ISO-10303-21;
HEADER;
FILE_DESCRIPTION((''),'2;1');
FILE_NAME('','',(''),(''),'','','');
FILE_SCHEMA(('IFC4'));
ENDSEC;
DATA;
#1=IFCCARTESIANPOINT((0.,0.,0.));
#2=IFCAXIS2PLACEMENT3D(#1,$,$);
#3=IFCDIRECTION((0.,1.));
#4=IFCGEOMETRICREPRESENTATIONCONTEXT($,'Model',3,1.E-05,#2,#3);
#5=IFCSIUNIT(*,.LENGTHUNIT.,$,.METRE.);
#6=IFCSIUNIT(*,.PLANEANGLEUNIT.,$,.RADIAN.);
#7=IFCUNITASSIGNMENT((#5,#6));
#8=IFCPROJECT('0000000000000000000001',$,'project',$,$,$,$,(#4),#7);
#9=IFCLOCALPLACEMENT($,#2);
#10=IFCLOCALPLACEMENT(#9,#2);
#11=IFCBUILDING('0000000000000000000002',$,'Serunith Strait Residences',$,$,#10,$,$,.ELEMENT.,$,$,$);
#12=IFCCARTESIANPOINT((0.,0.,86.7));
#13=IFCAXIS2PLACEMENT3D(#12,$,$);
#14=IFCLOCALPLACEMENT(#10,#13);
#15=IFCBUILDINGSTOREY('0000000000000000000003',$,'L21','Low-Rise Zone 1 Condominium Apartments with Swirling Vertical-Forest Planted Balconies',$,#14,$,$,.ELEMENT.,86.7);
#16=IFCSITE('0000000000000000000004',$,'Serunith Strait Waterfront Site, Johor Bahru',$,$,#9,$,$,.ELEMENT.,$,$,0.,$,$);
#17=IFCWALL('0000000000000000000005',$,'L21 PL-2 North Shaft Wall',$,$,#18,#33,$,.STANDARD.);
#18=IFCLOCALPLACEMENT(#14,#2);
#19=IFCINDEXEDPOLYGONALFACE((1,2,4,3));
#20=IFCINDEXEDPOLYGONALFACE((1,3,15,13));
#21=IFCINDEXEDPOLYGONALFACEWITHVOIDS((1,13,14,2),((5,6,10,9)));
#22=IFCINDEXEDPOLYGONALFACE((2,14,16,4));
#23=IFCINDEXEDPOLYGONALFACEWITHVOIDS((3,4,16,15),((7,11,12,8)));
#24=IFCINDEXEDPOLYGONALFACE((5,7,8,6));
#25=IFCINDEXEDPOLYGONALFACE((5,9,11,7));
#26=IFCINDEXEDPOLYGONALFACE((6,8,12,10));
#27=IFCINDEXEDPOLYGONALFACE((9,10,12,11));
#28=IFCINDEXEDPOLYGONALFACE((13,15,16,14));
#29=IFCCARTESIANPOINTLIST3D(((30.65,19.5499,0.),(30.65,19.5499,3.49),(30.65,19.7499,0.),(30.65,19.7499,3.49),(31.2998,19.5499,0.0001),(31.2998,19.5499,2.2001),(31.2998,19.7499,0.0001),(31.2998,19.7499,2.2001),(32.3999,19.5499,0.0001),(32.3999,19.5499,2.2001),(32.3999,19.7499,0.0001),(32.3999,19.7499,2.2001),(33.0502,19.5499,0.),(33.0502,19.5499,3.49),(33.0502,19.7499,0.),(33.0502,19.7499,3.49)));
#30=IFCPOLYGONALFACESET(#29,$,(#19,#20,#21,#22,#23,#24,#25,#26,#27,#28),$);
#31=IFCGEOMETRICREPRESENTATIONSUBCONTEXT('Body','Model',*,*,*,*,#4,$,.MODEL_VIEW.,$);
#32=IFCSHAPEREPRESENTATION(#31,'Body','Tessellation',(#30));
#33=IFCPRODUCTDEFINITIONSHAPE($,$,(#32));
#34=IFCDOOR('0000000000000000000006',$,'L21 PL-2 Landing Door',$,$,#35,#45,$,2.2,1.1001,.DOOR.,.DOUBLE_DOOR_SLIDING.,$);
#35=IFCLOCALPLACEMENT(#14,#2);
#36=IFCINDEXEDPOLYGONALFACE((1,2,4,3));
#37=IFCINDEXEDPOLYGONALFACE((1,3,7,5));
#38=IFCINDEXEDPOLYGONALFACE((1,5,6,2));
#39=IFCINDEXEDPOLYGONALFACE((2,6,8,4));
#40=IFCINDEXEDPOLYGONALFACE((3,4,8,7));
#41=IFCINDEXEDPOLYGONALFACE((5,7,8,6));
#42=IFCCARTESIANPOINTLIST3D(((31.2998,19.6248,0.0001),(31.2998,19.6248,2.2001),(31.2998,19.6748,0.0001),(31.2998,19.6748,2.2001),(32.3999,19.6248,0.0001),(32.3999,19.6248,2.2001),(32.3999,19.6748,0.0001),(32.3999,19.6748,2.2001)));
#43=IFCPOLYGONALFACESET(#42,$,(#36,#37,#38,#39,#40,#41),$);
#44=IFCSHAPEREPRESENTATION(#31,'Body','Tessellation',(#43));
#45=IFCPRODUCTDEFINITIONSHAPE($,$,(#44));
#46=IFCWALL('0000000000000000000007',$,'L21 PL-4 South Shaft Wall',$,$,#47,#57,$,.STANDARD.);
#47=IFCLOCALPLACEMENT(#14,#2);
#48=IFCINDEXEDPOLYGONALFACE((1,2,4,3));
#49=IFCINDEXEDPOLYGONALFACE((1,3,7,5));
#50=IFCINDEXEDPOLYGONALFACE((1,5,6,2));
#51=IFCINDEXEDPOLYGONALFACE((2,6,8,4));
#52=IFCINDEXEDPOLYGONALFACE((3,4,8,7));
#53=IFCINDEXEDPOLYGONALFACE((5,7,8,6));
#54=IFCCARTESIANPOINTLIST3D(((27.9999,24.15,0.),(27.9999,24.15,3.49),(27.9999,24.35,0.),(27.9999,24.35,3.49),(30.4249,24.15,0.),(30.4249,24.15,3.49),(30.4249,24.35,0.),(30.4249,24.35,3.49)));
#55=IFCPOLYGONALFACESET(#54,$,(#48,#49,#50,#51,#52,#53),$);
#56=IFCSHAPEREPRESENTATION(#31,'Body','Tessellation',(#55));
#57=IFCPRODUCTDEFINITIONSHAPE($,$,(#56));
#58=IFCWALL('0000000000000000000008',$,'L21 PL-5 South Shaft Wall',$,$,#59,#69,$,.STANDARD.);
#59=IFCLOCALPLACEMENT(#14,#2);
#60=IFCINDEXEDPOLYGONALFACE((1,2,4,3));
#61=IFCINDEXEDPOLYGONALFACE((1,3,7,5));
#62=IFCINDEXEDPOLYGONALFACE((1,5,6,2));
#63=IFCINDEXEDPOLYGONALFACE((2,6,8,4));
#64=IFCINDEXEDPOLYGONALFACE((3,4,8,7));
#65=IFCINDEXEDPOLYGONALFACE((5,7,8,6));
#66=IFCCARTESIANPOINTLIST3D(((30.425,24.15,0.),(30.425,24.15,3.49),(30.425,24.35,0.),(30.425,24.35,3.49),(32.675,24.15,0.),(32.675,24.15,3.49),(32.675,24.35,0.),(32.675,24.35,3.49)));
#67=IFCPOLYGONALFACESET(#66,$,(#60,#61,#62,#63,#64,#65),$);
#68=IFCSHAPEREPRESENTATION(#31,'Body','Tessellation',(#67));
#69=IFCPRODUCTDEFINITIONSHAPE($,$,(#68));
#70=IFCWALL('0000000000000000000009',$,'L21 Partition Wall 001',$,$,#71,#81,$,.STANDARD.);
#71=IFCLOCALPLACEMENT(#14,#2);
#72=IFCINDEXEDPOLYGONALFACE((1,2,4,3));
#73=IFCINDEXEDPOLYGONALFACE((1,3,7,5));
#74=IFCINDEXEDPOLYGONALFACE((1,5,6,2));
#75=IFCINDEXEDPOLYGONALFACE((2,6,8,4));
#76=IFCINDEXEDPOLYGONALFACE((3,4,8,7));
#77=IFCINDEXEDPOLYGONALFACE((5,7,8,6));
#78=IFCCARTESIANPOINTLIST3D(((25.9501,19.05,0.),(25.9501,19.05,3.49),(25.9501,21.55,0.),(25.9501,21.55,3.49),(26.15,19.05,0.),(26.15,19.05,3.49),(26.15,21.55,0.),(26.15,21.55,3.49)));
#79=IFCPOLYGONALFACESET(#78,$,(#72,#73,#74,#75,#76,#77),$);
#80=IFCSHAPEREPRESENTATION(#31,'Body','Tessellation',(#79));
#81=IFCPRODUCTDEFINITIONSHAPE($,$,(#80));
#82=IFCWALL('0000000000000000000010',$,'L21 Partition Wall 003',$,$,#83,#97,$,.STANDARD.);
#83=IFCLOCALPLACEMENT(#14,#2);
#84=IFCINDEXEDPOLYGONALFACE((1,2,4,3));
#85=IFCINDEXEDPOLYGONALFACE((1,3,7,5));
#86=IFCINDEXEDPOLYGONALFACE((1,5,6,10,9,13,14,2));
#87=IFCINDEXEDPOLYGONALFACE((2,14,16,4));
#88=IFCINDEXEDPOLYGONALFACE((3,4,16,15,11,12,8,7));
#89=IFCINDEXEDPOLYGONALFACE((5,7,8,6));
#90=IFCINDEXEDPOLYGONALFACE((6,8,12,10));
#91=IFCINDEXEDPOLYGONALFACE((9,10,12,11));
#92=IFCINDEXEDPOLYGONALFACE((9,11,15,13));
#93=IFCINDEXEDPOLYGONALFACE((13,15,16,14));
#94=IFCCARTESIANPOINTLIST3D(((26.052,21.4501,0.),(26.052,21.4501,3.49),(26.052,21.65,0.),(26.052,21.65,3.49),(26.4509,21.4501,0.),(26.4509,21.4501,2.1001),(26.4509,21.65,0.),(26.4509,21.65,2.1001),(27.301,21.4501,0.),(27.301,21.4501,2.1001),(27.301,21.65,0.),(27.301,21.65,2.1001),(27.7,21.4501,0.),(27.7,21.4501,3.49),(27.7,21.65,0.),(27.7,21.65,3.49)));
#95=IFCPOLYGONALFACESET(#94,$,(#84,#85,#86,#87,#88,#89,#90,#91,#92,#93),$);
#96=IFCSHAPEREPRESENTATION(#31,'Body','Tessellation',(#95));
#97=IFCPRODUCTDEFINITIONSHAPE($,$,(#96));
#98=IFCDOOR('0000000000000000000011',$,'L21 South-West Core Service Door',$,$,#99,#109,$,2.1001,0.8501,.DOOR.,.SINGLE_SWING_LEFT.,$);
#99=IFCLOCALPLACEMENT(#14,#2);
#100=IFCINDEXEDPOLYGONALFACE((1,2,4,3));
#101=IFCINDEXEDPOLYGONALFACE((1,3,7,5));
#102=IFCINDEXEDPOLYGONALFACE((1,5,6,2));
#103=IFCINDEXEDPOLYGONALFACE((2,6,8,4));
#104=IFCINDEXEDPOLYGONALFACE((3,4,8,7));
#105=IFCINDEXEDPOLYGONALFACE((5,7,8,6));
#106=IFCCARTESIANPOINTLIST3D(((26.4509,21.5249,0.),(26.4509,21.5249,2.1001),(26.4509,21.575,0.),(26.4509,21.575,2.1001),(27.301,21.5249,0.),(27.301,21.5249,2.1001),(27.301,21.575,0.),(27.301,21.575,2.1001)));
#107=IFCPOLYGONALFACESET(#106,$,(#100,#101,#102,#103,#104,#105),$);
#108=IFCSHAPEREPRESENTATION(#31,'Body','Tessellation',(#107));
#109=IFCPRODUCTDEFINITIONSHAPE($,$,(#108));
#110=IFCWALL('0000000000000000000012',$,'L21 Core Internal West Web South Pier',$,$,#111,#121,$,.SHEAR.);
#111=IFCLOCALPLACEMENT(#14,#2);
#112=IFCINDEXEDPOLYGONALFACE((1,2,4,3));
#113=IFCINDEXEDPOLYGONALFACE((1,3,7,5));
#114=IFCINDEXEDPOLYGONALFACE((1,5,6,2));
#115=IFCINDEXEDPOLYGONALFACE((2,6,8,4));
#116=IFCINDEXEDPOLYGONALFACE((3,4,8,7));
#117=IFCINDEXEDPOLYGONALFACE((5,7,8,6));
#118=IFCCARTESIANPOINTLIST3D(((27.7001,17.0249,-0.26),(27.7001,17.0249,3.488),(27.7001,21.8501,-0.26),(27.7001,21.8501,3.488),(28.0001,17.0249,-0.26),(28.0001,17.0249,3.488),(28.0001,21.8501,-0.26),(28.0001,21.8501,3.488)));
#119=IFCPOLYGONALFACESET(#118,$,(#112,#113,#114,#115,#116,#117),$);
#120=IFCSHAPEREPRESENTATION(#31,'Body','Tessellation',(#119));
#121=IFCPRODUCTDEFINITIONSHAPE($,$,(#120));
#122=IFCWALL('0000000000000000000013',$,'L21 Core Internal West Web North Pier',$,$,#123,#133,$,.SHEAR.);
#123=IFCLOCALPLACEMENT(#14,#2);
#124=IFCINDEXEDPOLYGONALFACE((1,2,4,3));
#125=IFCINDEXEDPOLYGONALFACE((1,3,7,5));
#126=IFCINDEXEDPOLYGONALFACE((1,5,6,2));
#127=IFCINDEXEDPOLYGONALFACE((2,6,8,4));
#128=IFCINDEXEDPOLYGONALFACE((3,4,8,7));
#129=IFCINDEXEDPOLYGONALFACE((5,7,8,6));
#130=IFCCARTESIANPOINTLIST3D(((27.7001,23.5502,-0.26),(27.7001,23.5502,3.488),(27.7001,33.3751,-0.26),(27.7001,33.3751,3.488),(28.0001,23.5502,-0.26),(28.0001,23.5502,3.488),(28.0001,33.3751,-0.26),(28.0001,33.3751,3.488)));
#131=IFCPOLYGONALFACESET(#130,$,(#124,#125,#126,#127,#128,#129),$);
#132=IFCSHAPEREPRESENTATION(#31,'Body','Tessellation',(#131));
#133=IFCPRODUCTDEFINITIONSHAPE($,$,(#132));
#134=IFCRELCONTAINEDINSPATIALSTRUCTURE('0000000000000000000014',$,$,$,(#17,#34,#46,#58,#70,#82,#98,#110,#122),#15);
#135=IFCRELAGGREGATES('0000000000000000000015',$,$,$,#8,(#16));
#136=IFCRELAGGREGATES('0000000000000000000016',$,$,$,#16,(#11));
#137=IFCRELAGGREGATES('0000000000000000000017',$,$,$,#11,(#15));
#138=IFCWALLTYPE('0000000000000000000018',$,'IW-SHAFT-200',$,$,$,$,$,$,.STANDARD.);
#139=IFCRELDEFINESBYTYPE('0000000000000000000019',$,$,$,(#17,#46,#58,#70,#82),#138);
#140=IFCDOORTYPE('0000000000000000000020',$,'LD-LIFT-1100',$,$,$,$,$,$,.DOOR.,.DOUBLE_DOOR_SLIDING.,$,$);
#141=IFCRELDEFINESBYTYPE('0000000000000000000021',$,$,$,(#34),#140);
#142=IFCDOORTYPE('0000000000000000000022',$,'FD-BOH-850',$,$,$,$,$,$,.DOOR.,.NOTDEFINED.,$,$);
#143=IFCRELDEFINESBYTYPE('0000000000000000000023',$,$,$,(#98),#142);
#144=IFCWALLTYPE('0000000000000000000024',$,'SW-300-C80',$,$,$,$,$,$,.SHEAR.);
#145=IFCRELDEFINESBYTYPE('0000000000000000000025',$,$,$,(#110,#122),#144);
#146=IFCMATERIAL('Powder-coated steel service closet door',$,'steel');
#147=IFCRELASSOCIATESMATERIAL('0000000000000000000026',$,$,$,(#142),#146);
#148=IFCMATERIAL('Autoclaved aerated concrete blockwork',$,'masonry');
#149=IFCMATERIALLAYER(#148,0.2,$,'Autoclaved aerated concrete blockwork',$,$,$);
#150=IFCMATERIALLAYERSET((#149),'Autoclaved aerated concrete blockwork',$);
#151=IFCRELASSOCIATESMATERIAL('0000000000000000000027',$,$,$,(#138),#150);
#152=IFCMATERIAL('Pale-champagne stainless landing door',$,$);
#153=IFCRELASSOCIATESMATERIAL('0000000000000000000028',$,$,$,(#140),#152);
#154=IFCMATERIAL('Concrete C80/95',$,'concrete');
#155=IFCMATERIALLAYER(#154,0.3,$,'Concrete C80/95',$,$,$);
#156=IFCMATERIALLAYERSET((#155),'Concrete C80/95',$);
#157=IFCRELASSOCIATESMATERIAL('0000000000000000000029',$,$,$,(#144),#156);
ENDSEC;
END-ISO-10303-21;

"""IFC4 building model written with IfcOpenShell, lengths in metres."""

from ifc_helpers import new_model, si_unit, direction, frame, frame_2d, origin, place, context, subcontext, project, spatial, rectangle, extrude, source, transform, mapped, material, layer, layer_set, type_object, element, fill, save


model = new_model("IFC4")

# Units and contexts
model_context = context("Model", 3, precision=1e-05, world=origin(), true_north=direction((0.0, 1.0)))
body_context = subcontext(model_context, "Body", "Model", "MODEL_VIEW")
ifc_project = project(units=[si_unit("LENGTHUNIT", "METRE"), si_unit("PLANEANGLEUNIT", "RADIAN")], contexts=[model_context])

# Site, building, storey
site_placement = place(None, origin())
site = spatial("IfcSite", under=ifc_project, at=site_placement, Name="Serunith Strait Waterfront Site, Johor Bahru", CompositionType="ELEMENT", RefElevation=0.0)
building_placement = place(site_placement, origin())
building = spatial("IfcBuilding", under=site, at=building_placement, Name="Serunith Strait Residences", CompositionType="ELEMENT")
storey_placement = place(building_placement, frame((0.0, 0.0, 86.7)))
storey = spatial("IfcBuildingStorey", under=building, at=storey_placement, Name="L21", Description="Low-Rise Zone 1 Condominium Apartments with Swirling Vertical-Forest Planted Balconies", CompositionType="ELEMENT", Elevation=86.7)

# Shared definitions
ifc_material_1 = material(Name="Powder-coated steel service closet door", Category="steel")
door_type_1 = type_object("IfcDoorType", Name="FD-BOH-850", OperationType="NOTDEFINED", PredefinedType="DOOR", material=ifc_material_1)
shared_shape_1 = source(origin(), body_context, "Body", "SweptSolid", [
    extrude(rectangle(XDim=0.8501, YDim=2.1001, at=frame_2d((0.425, 1.05))), frame((0.0, 0.0249, 0.0), z_axis=(0.0, -1.0, 0.0), x_axis=(1.0, 0.0, 0.0)), (0.0, 0.0, 1.0), 0.05),
])
ifc_material_2 = material(Name="Autoclaved aerated concrete blockwork", Category="masonry")
ifc_layer_1 = layer(ifc_material_2, 0.2, Name="Autoclaved aerated concrete blockwork")
ifc_layer_set_1 = layer_set([ifc_layer_1], Name="Autoclaved aerated concrete blockwork")
wall_type_1 = type_object("IfcWallType", Name="IW-SHAFT-200", PredefinedType="STANDARD", material=ifc_layer_set_1)
ifc_material_3 = material(Name="Pale-champagne stainless landing door")
door_type_2 = type_object("IfcDoorType", Name="LD-LIFT-1100", OperationType="DOUBLE_DOOR_SLIDING", PredefinedType="DOOR", material=ifc_material_3)
shared_shape_2 = source(origin(), body_context, "Body", "SweptSolid", [
    extrude(rectangle(XDim=1.1001, YDim=2.2, at=frame_2d((0.55, 1.1001))), frame((0.0, 0.0249, 0.0), z_axis=(0.0, -1.0, 0.0), x_axis=(1.0, 0.0, 0.0)), (0.0, 0.0, 1.0), 0.05),
])

# Wall, opening, door
wall_1_placement = place(storey_placement, frame((30.6499, 19.6499, 0.0), z_axis=(0.0, 0.0, 1.0), x_axis=(1.0, 0.0, 0.0)))
wall_1 = element("IfcWall", 1, at=wall_1_placement, inside=storey, type_object=wall_type_1, Name="L21 PL-2 North Shaft Wall", PredefinedType="STANDARD", context=body_context, shape_type="SweptSolid", body=[
    extrude(rectangle(XDim=2.4001, YDim=0.2, at=frame_2d((1.2002, 0.0))), origin(), (0.0, 0.0, 1.0), 3.49),
])
opening_1_placement = place(wall_1_placement, frame((0.6499, 0.0, 0.0)))
opening_1 = element("IfcOpeningElement", 2, at=opening_1_placement, cuts=wall_1, PredefinedType="OPENING", context=body_context, shape_type="SweptSolid", body=[
    extrude(rectangle(XDim=1.1001, YDim=2.2, at=frame_2d((0.55, 1.1001))), frame((0.0, 0.1099, 0.0), z_axis=(0.0, -1.0, 0.0), x_axis=(1.0, 0.0, 0.0)), (0.0, 0.0, 1.0), 0.22),
])
door_1_placement = place(opening_1_placement, origin())
door_1 = element("IfcDoor", 3, at=door_1_placement, inside=storey, type_object=door_type_2, Name="L21 PL-2 Landing Door", OperationType="DOUBLE_DOOR_SLIDING", OverallHeight=2.2, OverallWidth=1.1001, PredefinedType="DOOR", context=body_context, shape_type="MappedRepresentation", body=[
    mapped(shared_shape_2, transform((0.0, 0.0, 0.0), scale=1.0)),
])
fill(opening_1, door_1)

# Walls
wall_2_placement = place(storey_placement, frame((28.0, 24.25, 0.0), z_axis=(0.0, 0.0, 1.0), x_axis=(1.0, 0.0, 0.0)))
element("IfcWall", 4, at=wall_2_placement, inside=storey, type_object=wall_type_1, Name="L21 PL-4 South Shaft Wall", PredefinedType="STANDARD", context=body_context, shape_type="SweptSolid", body=[
    extrude(rectangle(XDim=2.425, YDim=0.2, at=frame_2d((1.2124, 0.0))), origin(), (0.0, 0.0, 1.0), 3.49),
])
wall_3_placement = place(storey_placement, frame((30.425, 24.25, 0.0), z_axis=(0.0, 0.0, 1.0), x_axis=(1.0, 0.0, 0.0)))
element("IfcWall", 5, at=wall_3_placement, inside=storey, type_object=wall_type_1, Name="L21 PL-5 South Shaft Wall", PredefinedType="STANDARD", context=body_context, shape_type="SweptSolid", body=[
    extrude(rectangle(XDim=2.25, YDim=0.2, at=frame_2d((1.125, 0.0))), origin(), (0.0, 0.0, 1.0), 3.49),
])
wall_4_placement = place(storey_placement, frame((26.05, 19.05, 0.0), z_axis=(0.0, 0.0, 1.0), x_axis=(0.0, 1.0, 0.0)))
element("IfcWall", 6, at=wall_4_placement, inside=storey, type_object=wall_type_1, Name="L21 Partition Wall 001", PredefinedType="STANDARD", context=body_context, shape_type="SweptSolid", body=[
    extrude(rectangle(XDim=2.5, YDim=0.2, at=frame_2d((1.25, 0.0))), origin(), (0.0, 0.0, 1.0), 3.49),
])

# Wall, opening, door
wall_5_placement = place(storey_placement, frame((26.052, 21.55, 0.0), z_axis=(0.0, 0.0, 1.0), x_axis=(1.0, 0.0, 0.0)))
wall_5 = element("IfcWall", 7, at=wall_5_placement, inside=storey, type_object=wall_type_1, Name="L21 Partition Wall 003", PredefinedType="STANDARD", context=body_context, shape_type="SweptSolid", body=[
    extrude(rectangle(XDim=1.6479, YDim=0.2, at=frame_2d((0.824, 0.0))), origin(), (0.0, 0.0, 1.0), 3.49),
])
opening_2_placement = place(wall_5_placement, frame((0.3989, 0.0, 0.0)))
opening_2 = element("IfcOpeningElement", 8, at=opening_2_placement, cuts=wall_5, PredefinedType="OPENING", context=body_context, shape_type="SweptSolid", body=[
    extrude(rectangle(XDim=0.8501, YDim=2.1001, at=frame_2d((0.425, 1.05))), frame((0.0, 0.1099, 0.0), z_axis=(0.0, -1.0, 0.0), x_axis=(1.0, 0.0, 0.0)), (0.0, 0.0, 1.0), 0.22),
])
door_2_placement = place(opening_2_placement, origin())
door_2 = element("IfcDoor", 9, at=door_2_placement, inside=storey, type_object=door_type_1, Name="L21 South-West Core Service Door", OperationType="SINGLE_SWING_LEFT", OverallHeight=2.1001, OverallWidth=0.8501, PredefinedType="DOOR", context=body_context, shape_type="MappedRepresentation", body=[
    mapped(shared_shape_1, transform((0.0, 0.0, 0.0), scale=1.0)),
])
fill(opening_2, door_2)

# Walls
ifc_material_4 = material(Name="Concrete C80/95", Category="concrete")
ifc_layer_2 = layer(ifc_material_4, 0.3, Name="Concrete C80/95")
ifc_layer_set_2 = layer_set([ifc_layer_2], Name="Concrete C80/95")
wall_type_2 = type_object("IfcWallType", Name="SW-300-C80", PredefinedType="SHEAR", material=ifc_layer_set_2)
wall_6_placement = place(storey_placement, frame((27.8501, 17.0249, -0.26), z_axis=(0.0, 0.0, 1.0), x_axis=(0.0, 1.0, 0.0)))
element("IfcWall", 10, at=wall_6_placement, inside=storey, type_object=wall_type_2, Name="L21 Core Internal West Web South Pier", PredefinedType="SHEAR", context=body_context, shape_type="SweptSolid", body=[
    extrude(rectangle(XDim=4.8252, YDim=0.3, at=frame_2d((2.4126, 0.0))), origin(), (0.0, 0.0, 1.0), 3.748),
])
wall_7_placement = place(storey_placement, frame((27.8501, 23.55, -0.26), z_axis=(0.0, 0.0, 1.0), x_axis=(0.0, 1.0, 0.0)))
element("IfcWall", 11, at=wall_7_placement, inside=storey, type_object=wall_type_2, Name="L21 Core Internal West Web North Pier", PredefinedType="SHEAR", context=body_context, shape_type="SweptSolid", body=[
    extrude(rectangle(XDim=9.825, YDim=0.3, at=frame_2d((4.9126, 0.0))), origin(), (0.0, 0.0, 1.0), 3.748),
])

save(model, "model.ifc")
